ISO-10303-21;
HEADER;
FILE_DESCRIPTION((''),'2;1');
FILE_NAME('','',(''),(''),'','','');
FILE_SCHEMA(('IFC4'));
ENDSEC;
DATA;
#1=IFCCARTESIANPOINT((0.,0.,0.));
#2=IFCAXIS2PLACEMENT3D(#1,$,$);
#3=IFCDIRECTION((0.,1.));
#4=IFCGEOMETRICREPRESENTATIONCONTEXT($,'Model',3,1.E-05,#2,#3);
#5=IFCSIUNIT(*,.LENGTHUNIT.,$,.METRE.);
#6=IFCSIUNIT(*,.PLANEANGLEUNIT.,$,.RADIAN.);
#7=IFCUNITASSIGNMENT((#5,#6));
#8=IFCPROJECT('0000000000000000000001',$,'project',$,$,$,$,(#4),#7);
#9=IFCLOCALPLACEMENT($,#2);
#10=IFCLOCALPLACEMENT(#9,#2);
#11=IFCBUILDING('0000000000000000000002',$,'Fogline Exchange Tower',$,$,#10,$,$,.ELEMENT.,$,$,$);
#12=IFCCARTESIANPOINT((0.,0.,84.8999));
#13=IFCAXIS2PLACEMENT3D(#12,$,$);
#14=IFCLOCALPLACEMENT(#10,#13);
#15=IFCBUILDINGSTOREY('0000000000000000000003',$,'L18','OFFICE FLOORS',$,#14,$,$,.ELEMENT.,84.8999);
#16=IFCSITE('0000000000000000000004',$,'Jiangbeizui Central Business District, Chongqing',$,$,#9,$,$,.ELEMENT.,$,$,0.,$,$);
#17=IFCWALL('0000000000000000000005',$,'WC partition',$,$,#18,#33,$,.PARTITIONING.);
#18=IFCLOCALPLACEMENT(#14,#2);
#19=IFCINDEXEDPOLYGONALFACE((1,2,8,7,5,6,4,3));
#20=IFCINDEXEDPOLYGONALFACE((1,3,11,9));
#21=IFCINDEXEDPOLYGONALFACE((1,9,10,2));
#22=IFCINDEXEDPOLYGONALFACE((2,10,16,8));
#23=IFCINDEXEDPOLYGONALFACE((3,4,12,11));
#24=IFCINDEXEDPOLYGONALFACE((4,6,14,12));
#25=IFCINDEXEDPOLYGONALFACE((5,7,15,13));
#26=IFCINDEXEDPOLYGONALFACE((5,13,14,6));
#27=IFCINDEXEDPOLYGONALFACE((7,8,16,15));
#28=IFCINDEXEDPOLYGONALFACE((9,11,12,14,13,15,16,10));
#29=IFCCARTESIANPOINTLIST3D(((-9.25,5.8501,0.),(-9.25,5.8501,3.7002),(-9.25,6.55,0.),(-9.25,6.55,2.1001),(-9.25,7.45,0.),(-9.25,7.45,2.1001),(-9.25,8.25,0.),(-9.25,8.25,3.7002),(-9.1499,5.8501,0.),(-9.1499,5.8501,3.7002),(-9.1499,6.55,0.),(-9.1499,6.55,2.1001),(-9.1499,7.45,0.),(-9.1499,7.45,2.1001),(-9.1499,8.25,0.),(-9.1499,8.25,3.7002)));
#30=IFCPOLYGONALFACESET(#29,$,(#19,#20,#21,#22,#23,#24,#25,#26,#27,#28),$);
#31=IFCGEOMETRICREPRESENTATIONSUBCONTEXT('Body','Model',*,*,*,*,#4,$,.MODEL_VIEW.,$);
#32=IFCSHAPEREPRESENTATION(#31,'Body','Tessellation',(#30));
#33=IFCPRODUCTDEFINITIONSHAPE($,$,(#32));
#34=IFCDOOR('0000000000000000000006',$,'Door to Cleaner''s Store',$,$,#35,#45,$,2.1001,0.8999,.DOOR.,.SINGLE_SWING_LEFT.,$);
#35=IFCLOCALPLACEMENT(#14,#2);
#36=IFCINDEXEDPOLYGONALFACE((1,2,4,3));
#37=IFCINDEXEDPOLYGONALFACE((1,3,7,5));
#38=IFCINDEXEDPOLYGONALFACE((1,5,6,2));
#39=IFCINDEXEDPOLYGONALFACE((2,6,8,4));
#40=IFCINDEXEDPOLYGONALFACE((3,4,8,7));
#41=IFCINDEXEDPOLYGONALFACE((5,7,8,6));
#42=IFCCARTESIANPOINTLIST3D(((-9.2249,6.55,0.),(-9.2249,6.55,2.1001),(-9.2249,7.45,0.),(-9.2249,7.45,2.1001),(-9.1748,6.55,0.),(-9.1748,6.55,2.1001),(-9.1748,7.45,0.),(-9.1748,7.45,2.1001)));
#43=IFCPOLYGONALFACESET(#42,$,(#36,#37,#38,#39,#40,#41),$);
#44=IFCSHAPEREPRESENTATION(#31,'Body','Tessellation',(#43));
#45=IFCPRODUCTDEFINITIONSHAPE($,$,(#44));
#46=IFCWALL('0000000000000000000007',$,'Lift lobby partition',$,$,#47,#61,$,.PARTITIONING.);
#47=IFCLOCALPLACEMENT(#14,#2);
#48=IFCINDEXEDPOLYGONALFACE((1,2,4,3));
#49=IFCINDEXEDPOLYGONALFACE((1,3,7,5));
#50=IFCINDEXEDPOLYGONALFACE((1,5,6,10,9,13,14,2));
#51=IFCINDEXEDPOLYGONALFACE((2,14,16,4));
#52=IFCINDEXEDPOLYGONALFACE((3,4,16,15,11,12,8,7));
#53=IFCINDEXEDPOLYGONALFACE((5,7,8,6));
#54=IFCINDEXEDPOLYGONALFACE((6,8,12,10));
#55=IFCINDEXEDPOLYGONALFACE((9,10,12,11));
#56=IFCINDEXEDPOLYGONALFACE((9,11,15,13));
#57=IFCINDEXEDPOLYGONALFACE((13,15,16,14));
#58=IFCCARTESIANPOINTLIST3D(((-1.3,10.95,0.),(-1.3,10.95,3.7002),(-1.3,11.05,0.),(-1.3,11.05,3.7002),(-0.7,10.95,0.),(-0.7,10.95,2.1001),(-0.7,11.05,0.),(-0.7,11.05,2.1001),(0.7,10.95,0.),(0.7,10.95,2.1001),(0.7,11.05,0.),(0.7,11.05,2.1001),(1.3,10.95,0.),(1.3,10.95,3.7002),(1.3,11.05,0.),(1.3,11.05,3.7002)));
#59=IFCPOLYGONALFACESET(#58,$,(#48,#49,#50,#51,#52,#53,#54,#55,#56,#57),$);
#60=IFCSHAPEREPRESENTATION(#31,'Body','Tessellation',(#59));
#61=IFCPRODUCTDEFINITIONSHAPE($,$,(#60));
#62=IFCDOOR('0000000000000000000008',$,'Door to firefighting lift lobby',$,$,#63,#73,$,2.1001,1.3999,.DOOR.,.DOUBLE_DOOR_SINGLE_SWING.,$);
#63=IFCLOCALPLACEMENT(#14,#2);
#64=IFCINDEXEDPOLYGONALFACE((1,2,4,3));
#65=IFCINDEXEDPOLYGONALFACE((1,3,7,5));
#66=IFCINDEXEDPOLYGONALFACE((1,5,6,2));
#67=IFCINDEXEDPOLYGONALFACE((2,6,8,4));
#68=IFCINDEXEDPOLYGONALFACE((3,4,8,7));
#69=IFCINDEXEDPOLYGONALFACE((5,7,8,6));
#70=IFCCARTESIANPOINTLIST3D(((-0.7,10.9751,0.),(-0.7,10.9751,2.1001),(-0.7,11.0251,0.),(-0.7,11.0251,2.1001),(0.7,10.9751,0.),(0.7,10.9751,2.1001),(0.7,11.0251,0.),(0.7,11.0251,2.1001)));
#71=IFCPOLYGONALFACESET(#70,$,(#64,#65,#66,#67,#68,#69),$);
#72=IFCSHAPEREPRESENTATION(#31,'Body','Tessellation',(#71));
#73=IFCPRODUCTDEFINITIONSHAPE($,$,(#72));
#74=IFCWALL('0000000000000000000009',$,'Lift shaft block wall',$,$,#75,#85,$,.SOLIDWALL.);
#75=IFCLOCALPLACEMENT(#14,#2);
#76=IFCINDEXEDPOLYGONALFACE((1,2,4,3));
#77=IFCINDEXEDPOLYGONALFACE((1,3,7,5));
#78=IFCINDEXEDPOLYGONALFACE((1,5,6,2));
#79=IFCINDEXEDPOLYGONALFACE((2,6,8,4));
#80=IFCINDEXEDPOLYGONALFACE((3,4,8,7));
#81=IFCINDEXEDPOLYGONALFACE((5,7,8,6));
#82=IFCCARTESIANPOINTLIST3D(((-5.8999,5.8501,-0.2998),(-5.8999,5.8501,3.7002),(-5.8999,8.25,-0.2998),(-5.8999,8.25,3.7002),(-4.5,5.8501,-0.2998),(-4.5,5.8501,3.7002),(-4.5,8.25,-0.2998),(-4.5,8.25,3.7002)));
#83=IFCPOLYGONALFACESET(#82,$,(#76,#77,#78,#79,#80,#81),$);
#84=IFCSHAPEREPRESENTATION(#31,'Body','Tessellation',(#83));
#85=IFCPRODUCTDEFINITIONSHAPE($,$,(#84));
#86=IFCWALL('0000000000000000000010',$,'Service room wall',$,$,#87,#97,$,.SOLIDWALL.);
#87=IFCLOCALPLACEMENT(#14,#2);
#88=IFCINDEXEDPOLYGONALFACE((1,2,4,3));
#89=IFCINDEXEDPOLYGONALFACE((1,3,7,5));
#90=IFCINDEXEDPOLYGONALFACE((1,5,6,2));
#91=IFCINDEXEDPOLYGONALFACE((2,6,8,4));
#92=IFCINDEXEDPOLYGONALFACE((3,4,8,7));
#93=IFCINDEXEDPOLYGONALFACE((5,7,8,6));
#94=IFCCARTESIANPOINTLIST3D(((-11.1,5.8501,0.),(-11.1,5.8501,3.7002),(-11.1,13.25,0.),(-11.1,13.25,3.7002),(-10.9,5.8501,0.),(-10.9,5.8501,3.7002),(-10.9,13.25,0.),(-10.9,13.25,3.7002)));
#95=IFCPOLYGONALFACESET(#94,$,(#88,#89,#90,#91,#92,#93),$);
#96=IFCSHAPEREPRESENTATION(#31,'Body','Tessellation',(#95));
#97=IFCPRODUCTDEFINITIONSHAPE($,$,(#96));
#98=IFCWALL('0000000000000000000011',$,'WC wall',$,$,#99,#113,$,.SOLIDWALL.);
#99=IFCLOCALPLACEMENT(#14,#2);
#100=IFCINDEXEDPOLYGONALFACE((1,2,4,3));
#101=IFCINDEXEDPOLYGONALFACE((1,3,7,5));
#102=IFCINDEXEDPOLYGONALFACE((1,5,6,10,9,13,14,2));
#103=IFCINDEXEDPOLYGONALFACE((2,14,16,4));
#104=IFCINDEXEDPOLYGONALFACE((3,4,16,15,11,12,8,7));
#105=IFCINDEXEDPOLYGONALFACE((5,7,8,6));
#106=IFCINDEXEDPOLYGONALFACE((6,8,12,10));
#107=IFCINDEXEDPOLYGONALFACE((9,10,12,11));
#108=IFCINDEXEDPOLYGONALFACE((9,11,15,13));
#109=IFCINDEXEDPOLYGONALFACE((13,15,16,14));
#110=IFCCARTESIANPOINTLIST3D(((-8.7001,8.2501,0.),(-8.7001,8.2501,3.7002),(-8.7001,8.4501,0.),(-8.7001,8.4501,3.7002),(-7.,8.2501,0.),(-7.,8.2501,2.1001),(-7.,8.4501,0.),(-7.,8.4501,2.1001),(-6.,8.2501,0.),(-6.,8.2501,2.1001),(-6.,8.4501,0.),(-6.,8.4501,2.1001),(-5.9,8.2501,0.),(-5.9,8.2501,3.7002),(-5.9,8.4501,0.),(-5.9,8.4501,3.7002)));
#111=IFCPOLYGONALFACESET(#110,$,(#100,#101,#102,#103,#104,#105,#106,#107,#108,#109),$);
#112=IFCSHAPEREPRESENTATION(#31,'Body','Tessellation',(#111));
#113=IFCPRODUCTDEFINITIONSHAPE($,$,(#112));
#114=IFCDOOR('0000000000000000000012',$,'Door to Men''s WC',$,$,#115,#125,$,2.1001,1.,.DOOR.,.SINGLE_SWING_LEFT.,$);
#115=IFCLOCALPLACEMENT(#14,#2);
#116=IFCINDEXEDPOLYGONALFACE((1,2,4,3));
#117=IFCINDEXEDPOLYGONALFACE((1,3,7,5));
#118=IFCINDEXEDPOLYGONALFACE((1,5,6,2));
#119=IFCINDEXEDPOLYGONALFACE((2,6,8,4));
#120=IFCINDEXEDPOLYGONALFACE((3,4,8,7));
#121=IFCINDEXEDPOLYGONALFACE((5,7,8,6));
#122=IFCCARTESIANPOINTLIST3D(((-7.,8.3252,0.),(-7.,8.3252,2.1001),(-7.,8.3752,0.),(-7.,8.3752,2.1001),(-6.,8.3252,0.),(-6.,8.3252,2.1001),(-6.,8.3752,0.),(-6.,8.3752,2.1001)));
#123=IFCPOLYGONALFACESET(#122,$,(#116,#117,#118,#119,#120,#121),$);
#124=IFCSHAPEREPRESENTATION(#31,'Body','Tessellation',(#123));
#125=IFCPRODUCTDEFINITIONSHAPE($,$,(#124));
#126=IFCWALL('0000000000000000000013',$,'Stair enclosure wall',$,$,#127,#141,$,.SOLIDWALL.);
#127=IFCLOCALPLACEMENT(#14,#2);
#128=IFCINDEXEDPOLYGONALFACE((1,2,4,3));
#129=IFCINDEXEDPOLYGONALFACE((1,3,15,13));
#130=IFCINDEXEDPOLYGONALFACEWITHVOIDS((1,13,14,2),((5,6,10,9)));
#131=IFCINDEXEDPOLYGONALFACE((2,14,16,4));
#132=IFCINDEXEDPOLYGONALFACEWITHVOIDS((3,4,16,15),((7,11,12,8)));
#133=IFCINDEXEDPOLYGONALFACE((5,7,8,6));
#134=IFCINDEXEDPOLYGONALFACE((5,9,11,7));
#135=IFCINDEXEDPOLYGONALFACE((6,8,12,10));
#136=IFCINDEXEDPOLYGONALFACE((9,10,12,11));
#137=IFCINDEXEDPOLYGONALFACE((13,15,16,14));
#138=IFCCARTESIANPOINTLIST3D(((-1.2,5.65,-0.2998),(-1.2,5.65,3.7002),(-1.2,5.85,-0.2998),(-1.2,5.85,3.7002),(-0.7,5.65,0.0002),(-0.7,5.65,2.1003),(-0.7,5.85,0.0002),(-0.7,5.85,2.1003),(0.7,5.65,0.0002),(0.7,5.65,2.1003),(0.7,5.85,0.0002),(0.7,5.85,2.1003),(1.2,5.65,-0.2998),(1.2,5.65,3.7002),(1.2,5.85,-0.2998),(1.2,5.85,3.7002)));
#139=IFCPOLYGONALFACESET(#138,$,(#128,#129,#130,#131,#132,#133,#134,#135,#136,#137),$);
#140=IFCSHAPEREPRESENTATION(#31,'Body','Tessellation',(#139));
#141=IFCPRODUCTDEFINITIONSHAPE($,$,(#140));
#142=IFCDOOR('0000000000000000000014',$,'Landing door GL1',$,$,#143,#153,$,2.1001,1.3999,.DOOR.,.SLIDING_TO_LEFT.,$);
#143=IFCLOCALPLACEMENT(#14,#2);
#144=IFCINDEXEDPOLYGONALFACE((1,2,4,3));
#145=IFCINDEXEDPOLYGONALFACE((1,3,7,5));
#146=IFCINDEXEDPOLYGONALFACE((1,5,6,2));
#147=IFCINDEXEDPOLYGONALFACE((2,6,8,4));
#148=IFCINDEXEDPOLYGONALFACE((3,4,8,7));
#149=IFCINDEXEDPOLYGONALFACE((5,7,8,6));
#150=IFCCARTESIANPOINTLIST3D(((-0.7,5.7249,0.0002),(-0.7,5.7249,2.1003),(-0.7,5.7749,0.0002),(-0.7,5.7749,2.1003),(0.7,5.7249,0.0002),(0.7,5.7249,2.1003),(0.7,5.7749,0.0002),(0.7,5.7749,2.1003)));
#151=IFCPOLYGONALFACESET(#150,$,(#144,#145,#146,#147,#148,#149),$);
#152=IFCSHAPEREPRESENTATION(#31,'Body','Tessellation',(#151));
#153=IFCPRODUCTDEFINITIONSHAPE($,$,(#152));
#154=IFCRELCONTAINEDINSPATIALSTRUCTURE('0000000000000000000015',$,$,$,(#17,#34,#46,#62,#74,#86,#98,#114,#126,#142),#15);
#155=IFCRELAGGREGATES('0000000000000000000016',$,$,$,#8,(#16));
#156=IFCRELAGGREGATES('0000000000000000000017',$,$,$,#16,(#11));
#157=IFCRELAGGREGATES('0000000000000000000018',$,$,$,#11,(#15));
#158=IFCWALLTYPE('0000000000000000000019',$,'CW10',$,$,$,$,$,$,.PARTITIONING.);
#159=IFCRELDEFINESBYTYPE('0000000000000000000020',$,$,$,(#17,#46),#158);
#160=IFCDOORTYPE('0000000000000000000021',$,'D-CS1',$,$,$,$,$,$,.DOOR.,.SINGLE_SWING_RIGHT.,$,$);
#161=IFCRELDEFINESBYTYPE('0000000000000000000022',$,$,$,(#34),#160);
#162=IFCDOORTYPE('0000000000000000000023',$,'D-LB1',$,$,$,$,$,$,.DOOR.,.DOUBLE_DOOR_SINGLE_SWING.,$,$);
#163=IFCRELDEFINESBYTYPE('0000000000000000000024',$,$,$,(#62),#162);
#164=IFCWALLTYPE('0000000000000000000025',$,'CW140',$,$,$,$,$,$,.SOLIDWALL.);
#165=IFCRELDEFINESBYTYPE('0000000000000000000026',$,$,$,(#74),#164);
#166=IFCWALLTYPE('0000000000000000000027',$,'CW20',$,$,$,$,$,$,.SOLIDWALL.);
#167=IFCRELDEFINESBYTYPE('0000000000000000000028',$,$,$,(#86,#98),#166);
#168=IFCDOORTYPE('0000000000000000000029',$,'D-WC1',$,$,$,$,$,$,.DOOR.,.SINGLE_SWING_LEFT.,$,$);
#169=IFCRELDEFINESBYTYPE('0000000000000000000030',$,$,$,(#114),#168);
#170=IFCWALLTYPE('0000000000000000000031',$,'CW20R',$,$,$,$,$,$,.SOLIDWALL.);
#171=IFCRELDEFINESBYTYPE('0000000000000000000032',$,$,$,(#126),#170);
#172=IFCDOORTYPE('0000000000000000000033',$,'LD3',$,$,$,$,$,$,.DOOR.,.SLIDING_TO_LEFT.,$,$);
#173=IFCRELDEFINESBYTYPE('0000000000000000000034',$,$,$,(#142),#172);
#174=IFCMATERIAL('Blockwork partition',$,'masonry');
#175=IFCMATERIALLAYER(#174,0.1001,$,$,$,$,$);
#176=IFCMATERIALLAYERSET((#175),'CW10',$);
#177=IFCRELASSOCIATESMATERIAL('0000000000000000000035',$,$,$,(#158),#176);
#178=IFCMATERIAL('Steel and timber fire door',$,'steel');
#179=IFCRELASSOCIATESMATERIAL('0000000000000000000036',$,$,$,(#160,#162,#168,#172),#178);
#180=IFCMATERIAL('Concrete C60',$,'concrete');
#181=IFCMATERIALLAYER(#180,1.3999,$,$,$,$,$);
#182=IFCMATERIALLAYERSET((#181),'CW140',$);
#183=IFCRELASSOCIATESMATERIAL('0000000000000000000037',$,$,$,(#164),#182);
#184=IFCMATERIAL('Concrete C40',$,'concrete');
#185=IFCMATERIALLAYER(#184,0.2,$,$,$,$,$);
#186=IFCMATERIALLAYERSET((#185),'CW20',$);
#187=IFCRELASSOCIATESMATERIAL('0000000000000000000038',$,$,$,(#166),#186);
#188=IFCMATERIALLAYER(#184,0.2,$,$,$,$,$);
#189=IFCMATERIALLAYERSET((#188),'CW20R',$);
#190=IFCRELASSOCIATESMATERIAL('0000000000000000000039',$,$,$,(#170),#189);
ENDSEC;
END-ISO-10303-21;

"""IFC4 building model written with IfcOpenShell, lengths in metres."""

from ifc_helpers import new_model, si_unit, direction, frame, frame_2d, origin, place, context, subcontext, project, spatial, rectangle, extrude, material, layer, layer_set, type_object, element, fill, save


model = new_model("IFC4")

# Units and contexts
model_context = context("Model", 3, precision=1e-05, world=origin(), true_north=direction((0.0, 1.0)))
body_context = subcontext(model_context, "Body", "Model", "MODEL_VIEW")
ifc_project = project(units=[si_unit("LENGTHUNIT", "METRE"), si_unit("PLANEANGLEUNIT", "RADIAN")], contexts=[model_context])

# Site, building, storey
site_placement = place(None, origin())
site = spatial("IfcSite", under=ifc_project, at=site_placement, Name="Jiangbeizui Central Business District, Chongqing", CompositionType="ELEMENT", RefElevation=0.0)
building_placement = place(site_placement, origin())
building = spatial("IfcBuilding", under=site, at=building_placement, Name="Fogline Exchange Tower", CompositionType="ELEMENT")
storey_placement = place(building_placement, frame((0.0, 0.0, 84.8999)))
storey = spatial("IfcBuildingStorey", under=building, at=storey_placement, Name="L18", Description="OFFICE FLOORS", CompositionType="ELEMENT", Elevation=84.8999)

# Walls, openings, doors
ifc_material_1 = material(Name="Blockwork partition", Category="masonry")
ifc_layer_1 = layer(ifc_material_1, 0.1001)
ifc_layer_set_1 = layer_set([ifc_layer_1], Name="CW10")
wall_type_1 = type_object("IfcWallType", Name="CW10", PredefinedType="PARTITIONING", material=ifc_layer_set_1)
wall_1_placement = place(storey_placement, frame((-9.2, 5.8501, 0.0), z_axis=(0.0, 0.0, 1.0), x_axis=(0.0, 1.0, 0.0)))
wall_1 = element("IfcWall", 1, at=wall_1_placement, inside=storey, type_object=wall_type_1, Name="WC partition", PredefinedType="PARTITIONING", context=body_context, shape_type="SweptSolid", body=[
    extrude(rectangle(XDim=2.3999, YDim=0.1001, at=frame_2d((1.2, 0.0))), origin(), (0.0, 0.0, 1.0), 3.7002),
])
opening_1_placement = place(wall_1_placement, frame((0.7, 0.0, 0.0)))
opening_1 = element("IfcOpeningElement", 2, at=opening_1_placement, cuts=wall_1, PredefinedType="OPENING", context=body_context, shape_type="SweptSolid", body=[
    extrude(rectangle(XDim=0.8999, YDim=2.1001, at=frame_2d((0.45, 1.05))), frame((0.0, 0.0601, 0.0), z_axis=(0.0, -1.0, 0.0), x_axis=(1.0, 0.0, 0.0)), (0.0, 0.0, 1.0), 0.1201),
])
ifc_material_2 = material(Name="Steel and timber fire door", Category="steel")
door_type_1 = type_object("IfcDoorType", Name="D-CS1", OperationType="SINGLE_SWING_RIGHT", PredefinedType="DOOR", material=ifc_material_2)
door_1_placement = place(opening_1_placement, origin())
door_1 = element("IfcDoor", 3, at=door_1_placement, inside=storey, type_object=door_type_1, Name="Door to Cleaner's Store", OperationType="SINGLE_SWING_LEFT", OverallHeight=2.1001, OverallWidth=0.8999, PredefinedType="DOOR", context=body_context, shape_type="SweptSolid", body=[
    extrude(rectangle(XDim=0.8999, YDim=2.1001, at=frame_2d((0.45, 1.05))), frame((0.0, 0.0249, 0.0), z_axis=(0.0, -1.0, 0.0), x_axis=(1.0, 0.0, 0.0)), (0.0, 0.0, 1.0), 0.05),
])
fill(opening_1, door_1)
wall_2_placement = place(storey_placement, frame((-1.3, 11.0, 0.0), z_axis=(0.0, 0.0, 1.0), x_axis=(1.0, 0.0, 0.0)))
wall_2 = element("IfcWall", 4, at=wall_2_placement, inside=storey, type_object=wall_type_1, Name="Lift lobby partition", PredefinedType="PARTITIONING", context=body_context, shape_type="SweptSolid", body=[
    extrude(rectangle(XDim=2.6001, YDim=0.1001, at=frame_2d((1.3, 0.0))), origin(), (0.0, 0.0, 1.0), 3.7002),
])
opening_2_placement = place(wall_2_placement, frame((0.6001, 0.0, 0.0)))
opening_2 = element("IfcOpeningElement", 5, at=opening_2_placement, cuts=wall_2, PredefinedType="OPENING", context=body_context, shape_type="SweptSolid", body=[
    extrude(rectangle(XDim=1.3999, YDim=2.1001, at=frame_2d((0.7, 1.05))), frame((0.0, 0.0601, 0.0), z_axis=(0.0, -1.0, 0.0), x_axis=(1.0, 0.0, 0.0)), (0.0, 0.0, 1.0), 0.1201),
])
door_type_2 = type_object("IfcDoorType", Name="D-LB1", OperationType="DOUBLE_DOOR_SINGLE_SWING", PredefinedType="DOOR", material=ifc_material_2)
door_2_placement = place(opening_2_placement, frame((1.3999, 0.0, 0.0), z_axis=(0.0, 0.0, 1.0), x_axis=(-1.0, 0.0, 0.0)))
door_2 = element("IfcDoor", 6, at=door_2_placement, inside=storey, type_object=door_type_2, Name="Door to firefighting lift lobby", OperationType="DOUBLE_DOOR_SINGLE_SWING", OverallHeight=2.1001, OverallWidth=1.3999, PredefinedType="DOOR", context=body_context, shape_type="SweptSolid", body=[
    extrude(rectangle(XDim=1.3999, YDim=2.1001, at=frame_2d((0.7, 1.05))), frame((0.0, 0.0249, 0.0), z_axis=(0.0, -1.0, 0.0), x_axis=(1.0, 0.0, 0.0)), (0.0, 0.0, 1.0), 0.05),
])
fill(opening_2, door_2)

# Walls
ifc_material_3 = material(Name="Concrete C60", Category="concrete")
ifc_layer_2 = layer(ifc_material_3, 1.3999)
ifc_layer_set_2 = layer_set([ifc_layer_2], Name="CW140")
wall_type_2 = type_object("IfcWallType", Name="CW140", PredefinedType="SOLIDWALL", material=ifc_layer_set_2)
wall_3_placement = place(storey_placement, frame((-5.2, 5.8501, -0.2998), z_axis=(0.0, 0.0, 1.0), x_axis=(0.0, 1.0, 0.0)))
element("IfcWall", 7, at=wall_3_placement, inside=storey, type_object=wall_type_2, Name="Lift shaft block wall", PredefinedType="SOLIDWALL", context=body_context, shape_type="SweptSolid", body=[
    extrude(rectangle(XDim=2.3999, YDim=1.3999, at=frame_2d((1.2, 0.0))), origin(), (0.0, 0.0, 1.0), 4.0),
])
ifc_material_4 = material(Name="Concrete C40", Category="concrete")
ifc_layer_3 = layer(ifc_material_4, 0.2)
ifc_layer_set_3 = layer_set([ifc_layer_3], Name="CW20")
wall_type_3 = type_object("IfcWallType", Name="CW20", PredefinedType="SOLIDWALL", material=ifc_layer_set_3)
wall_4_placement = place(storey_placement, frame((-11.0, 5.8501, 0.0), z_axis=(0.0, 0.0, 1.0), x_axis=(0.0, 1.0, 0.0)))
element("IfcWall", 8, at=wall_4_placement, inside=storey, type_object=wall_type_3, Name="Service room wall", PredefinedType="SOLIDWALL", context=body_context, shape_type="SweptSolid", body=[
    extrude(rectangle(XDim=7.3999, YDim=0.2, at=frame_2d((3.7, 0.0))), origin(), (0.0, 0.0, 1.0), 3.7002),
])

# Walls, openings, doors
wall_5_placement = place(storey_placement, frame((-8.7, 8.3501, 0.0), z_axis=(0.0, 0.0, 1.0), x_axis=(1.0, 0.0, 0.0)))
wall_5 = element("IfcWall", 9, at=wall_5_placement, inside=storey, type_object=wall_type_3, Name="WC wall", PredefinedType="SOLIDWALL", context=body_context, shape_type="SweptSolid", body=[
    extrude(rectangle(XDim=2.8, YDim=0.2, at=frame_2d((1.3999, 0.0))), origin(), (0.0, 0.0, 1.0), 3.7002),
])
opening_3_placement = place(wall_5_placement, frame((1.7, 0.0, 0.0)))
opening_3 = element("IfcOpeningElement", 10, at=opening_3_placement, cuts=wall_5, PredefinedType="OPENING", context=body_context, shape_type="SweptSolid", body=[
    extrude(rectangle(XDim=1.0, YDim=2.1001, at=frame_2d((0.5, 1.05))), frame((0.0, 0.1099, 0.0), z_axis=(0.0, -1.0, 0.0), x_axis=(1.0, 0.0, 0.0)), (0.0, 0.0, 1.0), 0.22),
])
door_type_3 = type_object("IfcDoorType", Name="D-WC1", OperationType="SINGLE_SWING_LEFT", PredefinedType="DOOR", material=ifc_material_2)
door_3_placement = place(opening_3_placement, frame((1.0, 0.0, 0.0), z_axis=(0.0, 0.0, 1.0), x_axis=(-1.0, 0.0, 0.0)))
door_3 = element("IfcDoor", 11, at=door_3_placement, inside=storey, type_object=door_type_3, Name="Door to Men's WC", OperationType="SINGLE_SWING_LEFT", OverallHeight=2.1001, OverallWidth=1.0, PredefinedType="DOOR", context=body_context, shape_type="SweptSolid", body=[
    extrude(rectangle(XDim=1.0, YDim=2.1001, at=frame_2d((0.5, 1.05))), frame((0.0, 0.0249, 0.0), z_axis=(0.0, -1.0, 0.0), x_axis=(1.0, 0.0, 0.0)), (0.0, 0.0, 1.0), 0.05),
])
fill(opening_3, door_3)
ifc_layer_4 = layer(ifc_material_4, 0.2)
ifc_layer_set_4 = layer_set([ifc_layer_4], Name="CW20R")
wall_type_4 = type_object("IfcWallType", Name="CW20R", PredefinedType="SOLIDWALL", material=ifc_layer_set_4)
wall_6_placement = place(storey_placement, frame((-1.2, 5.75, -0.2998), z_axis=(0.0, 0.0, 1.0), x_axis=(1.0, 0.0, 0.0)))
wall_6 = element("IfcWall", 12, at=wall_6_placement, inside=storey, type_object=wall_type_4, Name="Stair enclosure wall", PredefinedType="SOLIDWALL", context=body_context, shape_type="SweptSolid", body=[
    extrude(rectangle(XDim=2.3999, YDim=0.2, at=frame_2d((1.2, 0.0))), origin(), (0.0, 0.0, 1.0), 4.0),
])
opening_4_placement = place(wall_6_placement, frame((0.5, 0.0, 0.3)))
opening_4 = element("IfcOpeningElement", 13, at=opening_4_placement, cuts=wall_6, PredefinedType="OPENING", context=body_context, shape_type="SweptSolid", body=[
    extrude(rectangle(XDim=1.3999, YDim=2.1001, at=frame_2d((0.7, 1.05))), frame((0.0, 0.1099, 0.0), z_axis=(0.0, -1.0, 0.0), x_axis=(1.0, 0.0, 0.0)), (0.0, 0.0, 1.0), 0.22),
])
door_type_4 = type_object("IfcDoorType", Name="LD3", OperationType="SLIDING_TO_LEFT", PredefinedType="DOOR", material=ifc_material_2)
door_4_placement = place(opening_4_placement, origin())
door_4 = element("IfcDoor", 14, at=door_4_placement, inside=storey, type_object=door_type_4, Name="Landing door GL1", OperationType="SLIDING_TO_LEFT", OverallHeight=2.1001, OverallWidth=1.3999, PredefinedType="DOOR", context=body_context, shape_type="SweptSolid", body=[
    extrude(rectangle(XDim=1.3999, YDim=2.1001, at=frame_2d((0.7, 1.05))), frame((0.0, 0.0249, 0.0), z_axis=(0.0, -1.0, 0.0), x_axis=(1.0, 0.0, 0.0)), (0.0, 0.0, 1.0), 0.05),
])
fill(opening_4, door_4)

save(model, "model.ifc")
